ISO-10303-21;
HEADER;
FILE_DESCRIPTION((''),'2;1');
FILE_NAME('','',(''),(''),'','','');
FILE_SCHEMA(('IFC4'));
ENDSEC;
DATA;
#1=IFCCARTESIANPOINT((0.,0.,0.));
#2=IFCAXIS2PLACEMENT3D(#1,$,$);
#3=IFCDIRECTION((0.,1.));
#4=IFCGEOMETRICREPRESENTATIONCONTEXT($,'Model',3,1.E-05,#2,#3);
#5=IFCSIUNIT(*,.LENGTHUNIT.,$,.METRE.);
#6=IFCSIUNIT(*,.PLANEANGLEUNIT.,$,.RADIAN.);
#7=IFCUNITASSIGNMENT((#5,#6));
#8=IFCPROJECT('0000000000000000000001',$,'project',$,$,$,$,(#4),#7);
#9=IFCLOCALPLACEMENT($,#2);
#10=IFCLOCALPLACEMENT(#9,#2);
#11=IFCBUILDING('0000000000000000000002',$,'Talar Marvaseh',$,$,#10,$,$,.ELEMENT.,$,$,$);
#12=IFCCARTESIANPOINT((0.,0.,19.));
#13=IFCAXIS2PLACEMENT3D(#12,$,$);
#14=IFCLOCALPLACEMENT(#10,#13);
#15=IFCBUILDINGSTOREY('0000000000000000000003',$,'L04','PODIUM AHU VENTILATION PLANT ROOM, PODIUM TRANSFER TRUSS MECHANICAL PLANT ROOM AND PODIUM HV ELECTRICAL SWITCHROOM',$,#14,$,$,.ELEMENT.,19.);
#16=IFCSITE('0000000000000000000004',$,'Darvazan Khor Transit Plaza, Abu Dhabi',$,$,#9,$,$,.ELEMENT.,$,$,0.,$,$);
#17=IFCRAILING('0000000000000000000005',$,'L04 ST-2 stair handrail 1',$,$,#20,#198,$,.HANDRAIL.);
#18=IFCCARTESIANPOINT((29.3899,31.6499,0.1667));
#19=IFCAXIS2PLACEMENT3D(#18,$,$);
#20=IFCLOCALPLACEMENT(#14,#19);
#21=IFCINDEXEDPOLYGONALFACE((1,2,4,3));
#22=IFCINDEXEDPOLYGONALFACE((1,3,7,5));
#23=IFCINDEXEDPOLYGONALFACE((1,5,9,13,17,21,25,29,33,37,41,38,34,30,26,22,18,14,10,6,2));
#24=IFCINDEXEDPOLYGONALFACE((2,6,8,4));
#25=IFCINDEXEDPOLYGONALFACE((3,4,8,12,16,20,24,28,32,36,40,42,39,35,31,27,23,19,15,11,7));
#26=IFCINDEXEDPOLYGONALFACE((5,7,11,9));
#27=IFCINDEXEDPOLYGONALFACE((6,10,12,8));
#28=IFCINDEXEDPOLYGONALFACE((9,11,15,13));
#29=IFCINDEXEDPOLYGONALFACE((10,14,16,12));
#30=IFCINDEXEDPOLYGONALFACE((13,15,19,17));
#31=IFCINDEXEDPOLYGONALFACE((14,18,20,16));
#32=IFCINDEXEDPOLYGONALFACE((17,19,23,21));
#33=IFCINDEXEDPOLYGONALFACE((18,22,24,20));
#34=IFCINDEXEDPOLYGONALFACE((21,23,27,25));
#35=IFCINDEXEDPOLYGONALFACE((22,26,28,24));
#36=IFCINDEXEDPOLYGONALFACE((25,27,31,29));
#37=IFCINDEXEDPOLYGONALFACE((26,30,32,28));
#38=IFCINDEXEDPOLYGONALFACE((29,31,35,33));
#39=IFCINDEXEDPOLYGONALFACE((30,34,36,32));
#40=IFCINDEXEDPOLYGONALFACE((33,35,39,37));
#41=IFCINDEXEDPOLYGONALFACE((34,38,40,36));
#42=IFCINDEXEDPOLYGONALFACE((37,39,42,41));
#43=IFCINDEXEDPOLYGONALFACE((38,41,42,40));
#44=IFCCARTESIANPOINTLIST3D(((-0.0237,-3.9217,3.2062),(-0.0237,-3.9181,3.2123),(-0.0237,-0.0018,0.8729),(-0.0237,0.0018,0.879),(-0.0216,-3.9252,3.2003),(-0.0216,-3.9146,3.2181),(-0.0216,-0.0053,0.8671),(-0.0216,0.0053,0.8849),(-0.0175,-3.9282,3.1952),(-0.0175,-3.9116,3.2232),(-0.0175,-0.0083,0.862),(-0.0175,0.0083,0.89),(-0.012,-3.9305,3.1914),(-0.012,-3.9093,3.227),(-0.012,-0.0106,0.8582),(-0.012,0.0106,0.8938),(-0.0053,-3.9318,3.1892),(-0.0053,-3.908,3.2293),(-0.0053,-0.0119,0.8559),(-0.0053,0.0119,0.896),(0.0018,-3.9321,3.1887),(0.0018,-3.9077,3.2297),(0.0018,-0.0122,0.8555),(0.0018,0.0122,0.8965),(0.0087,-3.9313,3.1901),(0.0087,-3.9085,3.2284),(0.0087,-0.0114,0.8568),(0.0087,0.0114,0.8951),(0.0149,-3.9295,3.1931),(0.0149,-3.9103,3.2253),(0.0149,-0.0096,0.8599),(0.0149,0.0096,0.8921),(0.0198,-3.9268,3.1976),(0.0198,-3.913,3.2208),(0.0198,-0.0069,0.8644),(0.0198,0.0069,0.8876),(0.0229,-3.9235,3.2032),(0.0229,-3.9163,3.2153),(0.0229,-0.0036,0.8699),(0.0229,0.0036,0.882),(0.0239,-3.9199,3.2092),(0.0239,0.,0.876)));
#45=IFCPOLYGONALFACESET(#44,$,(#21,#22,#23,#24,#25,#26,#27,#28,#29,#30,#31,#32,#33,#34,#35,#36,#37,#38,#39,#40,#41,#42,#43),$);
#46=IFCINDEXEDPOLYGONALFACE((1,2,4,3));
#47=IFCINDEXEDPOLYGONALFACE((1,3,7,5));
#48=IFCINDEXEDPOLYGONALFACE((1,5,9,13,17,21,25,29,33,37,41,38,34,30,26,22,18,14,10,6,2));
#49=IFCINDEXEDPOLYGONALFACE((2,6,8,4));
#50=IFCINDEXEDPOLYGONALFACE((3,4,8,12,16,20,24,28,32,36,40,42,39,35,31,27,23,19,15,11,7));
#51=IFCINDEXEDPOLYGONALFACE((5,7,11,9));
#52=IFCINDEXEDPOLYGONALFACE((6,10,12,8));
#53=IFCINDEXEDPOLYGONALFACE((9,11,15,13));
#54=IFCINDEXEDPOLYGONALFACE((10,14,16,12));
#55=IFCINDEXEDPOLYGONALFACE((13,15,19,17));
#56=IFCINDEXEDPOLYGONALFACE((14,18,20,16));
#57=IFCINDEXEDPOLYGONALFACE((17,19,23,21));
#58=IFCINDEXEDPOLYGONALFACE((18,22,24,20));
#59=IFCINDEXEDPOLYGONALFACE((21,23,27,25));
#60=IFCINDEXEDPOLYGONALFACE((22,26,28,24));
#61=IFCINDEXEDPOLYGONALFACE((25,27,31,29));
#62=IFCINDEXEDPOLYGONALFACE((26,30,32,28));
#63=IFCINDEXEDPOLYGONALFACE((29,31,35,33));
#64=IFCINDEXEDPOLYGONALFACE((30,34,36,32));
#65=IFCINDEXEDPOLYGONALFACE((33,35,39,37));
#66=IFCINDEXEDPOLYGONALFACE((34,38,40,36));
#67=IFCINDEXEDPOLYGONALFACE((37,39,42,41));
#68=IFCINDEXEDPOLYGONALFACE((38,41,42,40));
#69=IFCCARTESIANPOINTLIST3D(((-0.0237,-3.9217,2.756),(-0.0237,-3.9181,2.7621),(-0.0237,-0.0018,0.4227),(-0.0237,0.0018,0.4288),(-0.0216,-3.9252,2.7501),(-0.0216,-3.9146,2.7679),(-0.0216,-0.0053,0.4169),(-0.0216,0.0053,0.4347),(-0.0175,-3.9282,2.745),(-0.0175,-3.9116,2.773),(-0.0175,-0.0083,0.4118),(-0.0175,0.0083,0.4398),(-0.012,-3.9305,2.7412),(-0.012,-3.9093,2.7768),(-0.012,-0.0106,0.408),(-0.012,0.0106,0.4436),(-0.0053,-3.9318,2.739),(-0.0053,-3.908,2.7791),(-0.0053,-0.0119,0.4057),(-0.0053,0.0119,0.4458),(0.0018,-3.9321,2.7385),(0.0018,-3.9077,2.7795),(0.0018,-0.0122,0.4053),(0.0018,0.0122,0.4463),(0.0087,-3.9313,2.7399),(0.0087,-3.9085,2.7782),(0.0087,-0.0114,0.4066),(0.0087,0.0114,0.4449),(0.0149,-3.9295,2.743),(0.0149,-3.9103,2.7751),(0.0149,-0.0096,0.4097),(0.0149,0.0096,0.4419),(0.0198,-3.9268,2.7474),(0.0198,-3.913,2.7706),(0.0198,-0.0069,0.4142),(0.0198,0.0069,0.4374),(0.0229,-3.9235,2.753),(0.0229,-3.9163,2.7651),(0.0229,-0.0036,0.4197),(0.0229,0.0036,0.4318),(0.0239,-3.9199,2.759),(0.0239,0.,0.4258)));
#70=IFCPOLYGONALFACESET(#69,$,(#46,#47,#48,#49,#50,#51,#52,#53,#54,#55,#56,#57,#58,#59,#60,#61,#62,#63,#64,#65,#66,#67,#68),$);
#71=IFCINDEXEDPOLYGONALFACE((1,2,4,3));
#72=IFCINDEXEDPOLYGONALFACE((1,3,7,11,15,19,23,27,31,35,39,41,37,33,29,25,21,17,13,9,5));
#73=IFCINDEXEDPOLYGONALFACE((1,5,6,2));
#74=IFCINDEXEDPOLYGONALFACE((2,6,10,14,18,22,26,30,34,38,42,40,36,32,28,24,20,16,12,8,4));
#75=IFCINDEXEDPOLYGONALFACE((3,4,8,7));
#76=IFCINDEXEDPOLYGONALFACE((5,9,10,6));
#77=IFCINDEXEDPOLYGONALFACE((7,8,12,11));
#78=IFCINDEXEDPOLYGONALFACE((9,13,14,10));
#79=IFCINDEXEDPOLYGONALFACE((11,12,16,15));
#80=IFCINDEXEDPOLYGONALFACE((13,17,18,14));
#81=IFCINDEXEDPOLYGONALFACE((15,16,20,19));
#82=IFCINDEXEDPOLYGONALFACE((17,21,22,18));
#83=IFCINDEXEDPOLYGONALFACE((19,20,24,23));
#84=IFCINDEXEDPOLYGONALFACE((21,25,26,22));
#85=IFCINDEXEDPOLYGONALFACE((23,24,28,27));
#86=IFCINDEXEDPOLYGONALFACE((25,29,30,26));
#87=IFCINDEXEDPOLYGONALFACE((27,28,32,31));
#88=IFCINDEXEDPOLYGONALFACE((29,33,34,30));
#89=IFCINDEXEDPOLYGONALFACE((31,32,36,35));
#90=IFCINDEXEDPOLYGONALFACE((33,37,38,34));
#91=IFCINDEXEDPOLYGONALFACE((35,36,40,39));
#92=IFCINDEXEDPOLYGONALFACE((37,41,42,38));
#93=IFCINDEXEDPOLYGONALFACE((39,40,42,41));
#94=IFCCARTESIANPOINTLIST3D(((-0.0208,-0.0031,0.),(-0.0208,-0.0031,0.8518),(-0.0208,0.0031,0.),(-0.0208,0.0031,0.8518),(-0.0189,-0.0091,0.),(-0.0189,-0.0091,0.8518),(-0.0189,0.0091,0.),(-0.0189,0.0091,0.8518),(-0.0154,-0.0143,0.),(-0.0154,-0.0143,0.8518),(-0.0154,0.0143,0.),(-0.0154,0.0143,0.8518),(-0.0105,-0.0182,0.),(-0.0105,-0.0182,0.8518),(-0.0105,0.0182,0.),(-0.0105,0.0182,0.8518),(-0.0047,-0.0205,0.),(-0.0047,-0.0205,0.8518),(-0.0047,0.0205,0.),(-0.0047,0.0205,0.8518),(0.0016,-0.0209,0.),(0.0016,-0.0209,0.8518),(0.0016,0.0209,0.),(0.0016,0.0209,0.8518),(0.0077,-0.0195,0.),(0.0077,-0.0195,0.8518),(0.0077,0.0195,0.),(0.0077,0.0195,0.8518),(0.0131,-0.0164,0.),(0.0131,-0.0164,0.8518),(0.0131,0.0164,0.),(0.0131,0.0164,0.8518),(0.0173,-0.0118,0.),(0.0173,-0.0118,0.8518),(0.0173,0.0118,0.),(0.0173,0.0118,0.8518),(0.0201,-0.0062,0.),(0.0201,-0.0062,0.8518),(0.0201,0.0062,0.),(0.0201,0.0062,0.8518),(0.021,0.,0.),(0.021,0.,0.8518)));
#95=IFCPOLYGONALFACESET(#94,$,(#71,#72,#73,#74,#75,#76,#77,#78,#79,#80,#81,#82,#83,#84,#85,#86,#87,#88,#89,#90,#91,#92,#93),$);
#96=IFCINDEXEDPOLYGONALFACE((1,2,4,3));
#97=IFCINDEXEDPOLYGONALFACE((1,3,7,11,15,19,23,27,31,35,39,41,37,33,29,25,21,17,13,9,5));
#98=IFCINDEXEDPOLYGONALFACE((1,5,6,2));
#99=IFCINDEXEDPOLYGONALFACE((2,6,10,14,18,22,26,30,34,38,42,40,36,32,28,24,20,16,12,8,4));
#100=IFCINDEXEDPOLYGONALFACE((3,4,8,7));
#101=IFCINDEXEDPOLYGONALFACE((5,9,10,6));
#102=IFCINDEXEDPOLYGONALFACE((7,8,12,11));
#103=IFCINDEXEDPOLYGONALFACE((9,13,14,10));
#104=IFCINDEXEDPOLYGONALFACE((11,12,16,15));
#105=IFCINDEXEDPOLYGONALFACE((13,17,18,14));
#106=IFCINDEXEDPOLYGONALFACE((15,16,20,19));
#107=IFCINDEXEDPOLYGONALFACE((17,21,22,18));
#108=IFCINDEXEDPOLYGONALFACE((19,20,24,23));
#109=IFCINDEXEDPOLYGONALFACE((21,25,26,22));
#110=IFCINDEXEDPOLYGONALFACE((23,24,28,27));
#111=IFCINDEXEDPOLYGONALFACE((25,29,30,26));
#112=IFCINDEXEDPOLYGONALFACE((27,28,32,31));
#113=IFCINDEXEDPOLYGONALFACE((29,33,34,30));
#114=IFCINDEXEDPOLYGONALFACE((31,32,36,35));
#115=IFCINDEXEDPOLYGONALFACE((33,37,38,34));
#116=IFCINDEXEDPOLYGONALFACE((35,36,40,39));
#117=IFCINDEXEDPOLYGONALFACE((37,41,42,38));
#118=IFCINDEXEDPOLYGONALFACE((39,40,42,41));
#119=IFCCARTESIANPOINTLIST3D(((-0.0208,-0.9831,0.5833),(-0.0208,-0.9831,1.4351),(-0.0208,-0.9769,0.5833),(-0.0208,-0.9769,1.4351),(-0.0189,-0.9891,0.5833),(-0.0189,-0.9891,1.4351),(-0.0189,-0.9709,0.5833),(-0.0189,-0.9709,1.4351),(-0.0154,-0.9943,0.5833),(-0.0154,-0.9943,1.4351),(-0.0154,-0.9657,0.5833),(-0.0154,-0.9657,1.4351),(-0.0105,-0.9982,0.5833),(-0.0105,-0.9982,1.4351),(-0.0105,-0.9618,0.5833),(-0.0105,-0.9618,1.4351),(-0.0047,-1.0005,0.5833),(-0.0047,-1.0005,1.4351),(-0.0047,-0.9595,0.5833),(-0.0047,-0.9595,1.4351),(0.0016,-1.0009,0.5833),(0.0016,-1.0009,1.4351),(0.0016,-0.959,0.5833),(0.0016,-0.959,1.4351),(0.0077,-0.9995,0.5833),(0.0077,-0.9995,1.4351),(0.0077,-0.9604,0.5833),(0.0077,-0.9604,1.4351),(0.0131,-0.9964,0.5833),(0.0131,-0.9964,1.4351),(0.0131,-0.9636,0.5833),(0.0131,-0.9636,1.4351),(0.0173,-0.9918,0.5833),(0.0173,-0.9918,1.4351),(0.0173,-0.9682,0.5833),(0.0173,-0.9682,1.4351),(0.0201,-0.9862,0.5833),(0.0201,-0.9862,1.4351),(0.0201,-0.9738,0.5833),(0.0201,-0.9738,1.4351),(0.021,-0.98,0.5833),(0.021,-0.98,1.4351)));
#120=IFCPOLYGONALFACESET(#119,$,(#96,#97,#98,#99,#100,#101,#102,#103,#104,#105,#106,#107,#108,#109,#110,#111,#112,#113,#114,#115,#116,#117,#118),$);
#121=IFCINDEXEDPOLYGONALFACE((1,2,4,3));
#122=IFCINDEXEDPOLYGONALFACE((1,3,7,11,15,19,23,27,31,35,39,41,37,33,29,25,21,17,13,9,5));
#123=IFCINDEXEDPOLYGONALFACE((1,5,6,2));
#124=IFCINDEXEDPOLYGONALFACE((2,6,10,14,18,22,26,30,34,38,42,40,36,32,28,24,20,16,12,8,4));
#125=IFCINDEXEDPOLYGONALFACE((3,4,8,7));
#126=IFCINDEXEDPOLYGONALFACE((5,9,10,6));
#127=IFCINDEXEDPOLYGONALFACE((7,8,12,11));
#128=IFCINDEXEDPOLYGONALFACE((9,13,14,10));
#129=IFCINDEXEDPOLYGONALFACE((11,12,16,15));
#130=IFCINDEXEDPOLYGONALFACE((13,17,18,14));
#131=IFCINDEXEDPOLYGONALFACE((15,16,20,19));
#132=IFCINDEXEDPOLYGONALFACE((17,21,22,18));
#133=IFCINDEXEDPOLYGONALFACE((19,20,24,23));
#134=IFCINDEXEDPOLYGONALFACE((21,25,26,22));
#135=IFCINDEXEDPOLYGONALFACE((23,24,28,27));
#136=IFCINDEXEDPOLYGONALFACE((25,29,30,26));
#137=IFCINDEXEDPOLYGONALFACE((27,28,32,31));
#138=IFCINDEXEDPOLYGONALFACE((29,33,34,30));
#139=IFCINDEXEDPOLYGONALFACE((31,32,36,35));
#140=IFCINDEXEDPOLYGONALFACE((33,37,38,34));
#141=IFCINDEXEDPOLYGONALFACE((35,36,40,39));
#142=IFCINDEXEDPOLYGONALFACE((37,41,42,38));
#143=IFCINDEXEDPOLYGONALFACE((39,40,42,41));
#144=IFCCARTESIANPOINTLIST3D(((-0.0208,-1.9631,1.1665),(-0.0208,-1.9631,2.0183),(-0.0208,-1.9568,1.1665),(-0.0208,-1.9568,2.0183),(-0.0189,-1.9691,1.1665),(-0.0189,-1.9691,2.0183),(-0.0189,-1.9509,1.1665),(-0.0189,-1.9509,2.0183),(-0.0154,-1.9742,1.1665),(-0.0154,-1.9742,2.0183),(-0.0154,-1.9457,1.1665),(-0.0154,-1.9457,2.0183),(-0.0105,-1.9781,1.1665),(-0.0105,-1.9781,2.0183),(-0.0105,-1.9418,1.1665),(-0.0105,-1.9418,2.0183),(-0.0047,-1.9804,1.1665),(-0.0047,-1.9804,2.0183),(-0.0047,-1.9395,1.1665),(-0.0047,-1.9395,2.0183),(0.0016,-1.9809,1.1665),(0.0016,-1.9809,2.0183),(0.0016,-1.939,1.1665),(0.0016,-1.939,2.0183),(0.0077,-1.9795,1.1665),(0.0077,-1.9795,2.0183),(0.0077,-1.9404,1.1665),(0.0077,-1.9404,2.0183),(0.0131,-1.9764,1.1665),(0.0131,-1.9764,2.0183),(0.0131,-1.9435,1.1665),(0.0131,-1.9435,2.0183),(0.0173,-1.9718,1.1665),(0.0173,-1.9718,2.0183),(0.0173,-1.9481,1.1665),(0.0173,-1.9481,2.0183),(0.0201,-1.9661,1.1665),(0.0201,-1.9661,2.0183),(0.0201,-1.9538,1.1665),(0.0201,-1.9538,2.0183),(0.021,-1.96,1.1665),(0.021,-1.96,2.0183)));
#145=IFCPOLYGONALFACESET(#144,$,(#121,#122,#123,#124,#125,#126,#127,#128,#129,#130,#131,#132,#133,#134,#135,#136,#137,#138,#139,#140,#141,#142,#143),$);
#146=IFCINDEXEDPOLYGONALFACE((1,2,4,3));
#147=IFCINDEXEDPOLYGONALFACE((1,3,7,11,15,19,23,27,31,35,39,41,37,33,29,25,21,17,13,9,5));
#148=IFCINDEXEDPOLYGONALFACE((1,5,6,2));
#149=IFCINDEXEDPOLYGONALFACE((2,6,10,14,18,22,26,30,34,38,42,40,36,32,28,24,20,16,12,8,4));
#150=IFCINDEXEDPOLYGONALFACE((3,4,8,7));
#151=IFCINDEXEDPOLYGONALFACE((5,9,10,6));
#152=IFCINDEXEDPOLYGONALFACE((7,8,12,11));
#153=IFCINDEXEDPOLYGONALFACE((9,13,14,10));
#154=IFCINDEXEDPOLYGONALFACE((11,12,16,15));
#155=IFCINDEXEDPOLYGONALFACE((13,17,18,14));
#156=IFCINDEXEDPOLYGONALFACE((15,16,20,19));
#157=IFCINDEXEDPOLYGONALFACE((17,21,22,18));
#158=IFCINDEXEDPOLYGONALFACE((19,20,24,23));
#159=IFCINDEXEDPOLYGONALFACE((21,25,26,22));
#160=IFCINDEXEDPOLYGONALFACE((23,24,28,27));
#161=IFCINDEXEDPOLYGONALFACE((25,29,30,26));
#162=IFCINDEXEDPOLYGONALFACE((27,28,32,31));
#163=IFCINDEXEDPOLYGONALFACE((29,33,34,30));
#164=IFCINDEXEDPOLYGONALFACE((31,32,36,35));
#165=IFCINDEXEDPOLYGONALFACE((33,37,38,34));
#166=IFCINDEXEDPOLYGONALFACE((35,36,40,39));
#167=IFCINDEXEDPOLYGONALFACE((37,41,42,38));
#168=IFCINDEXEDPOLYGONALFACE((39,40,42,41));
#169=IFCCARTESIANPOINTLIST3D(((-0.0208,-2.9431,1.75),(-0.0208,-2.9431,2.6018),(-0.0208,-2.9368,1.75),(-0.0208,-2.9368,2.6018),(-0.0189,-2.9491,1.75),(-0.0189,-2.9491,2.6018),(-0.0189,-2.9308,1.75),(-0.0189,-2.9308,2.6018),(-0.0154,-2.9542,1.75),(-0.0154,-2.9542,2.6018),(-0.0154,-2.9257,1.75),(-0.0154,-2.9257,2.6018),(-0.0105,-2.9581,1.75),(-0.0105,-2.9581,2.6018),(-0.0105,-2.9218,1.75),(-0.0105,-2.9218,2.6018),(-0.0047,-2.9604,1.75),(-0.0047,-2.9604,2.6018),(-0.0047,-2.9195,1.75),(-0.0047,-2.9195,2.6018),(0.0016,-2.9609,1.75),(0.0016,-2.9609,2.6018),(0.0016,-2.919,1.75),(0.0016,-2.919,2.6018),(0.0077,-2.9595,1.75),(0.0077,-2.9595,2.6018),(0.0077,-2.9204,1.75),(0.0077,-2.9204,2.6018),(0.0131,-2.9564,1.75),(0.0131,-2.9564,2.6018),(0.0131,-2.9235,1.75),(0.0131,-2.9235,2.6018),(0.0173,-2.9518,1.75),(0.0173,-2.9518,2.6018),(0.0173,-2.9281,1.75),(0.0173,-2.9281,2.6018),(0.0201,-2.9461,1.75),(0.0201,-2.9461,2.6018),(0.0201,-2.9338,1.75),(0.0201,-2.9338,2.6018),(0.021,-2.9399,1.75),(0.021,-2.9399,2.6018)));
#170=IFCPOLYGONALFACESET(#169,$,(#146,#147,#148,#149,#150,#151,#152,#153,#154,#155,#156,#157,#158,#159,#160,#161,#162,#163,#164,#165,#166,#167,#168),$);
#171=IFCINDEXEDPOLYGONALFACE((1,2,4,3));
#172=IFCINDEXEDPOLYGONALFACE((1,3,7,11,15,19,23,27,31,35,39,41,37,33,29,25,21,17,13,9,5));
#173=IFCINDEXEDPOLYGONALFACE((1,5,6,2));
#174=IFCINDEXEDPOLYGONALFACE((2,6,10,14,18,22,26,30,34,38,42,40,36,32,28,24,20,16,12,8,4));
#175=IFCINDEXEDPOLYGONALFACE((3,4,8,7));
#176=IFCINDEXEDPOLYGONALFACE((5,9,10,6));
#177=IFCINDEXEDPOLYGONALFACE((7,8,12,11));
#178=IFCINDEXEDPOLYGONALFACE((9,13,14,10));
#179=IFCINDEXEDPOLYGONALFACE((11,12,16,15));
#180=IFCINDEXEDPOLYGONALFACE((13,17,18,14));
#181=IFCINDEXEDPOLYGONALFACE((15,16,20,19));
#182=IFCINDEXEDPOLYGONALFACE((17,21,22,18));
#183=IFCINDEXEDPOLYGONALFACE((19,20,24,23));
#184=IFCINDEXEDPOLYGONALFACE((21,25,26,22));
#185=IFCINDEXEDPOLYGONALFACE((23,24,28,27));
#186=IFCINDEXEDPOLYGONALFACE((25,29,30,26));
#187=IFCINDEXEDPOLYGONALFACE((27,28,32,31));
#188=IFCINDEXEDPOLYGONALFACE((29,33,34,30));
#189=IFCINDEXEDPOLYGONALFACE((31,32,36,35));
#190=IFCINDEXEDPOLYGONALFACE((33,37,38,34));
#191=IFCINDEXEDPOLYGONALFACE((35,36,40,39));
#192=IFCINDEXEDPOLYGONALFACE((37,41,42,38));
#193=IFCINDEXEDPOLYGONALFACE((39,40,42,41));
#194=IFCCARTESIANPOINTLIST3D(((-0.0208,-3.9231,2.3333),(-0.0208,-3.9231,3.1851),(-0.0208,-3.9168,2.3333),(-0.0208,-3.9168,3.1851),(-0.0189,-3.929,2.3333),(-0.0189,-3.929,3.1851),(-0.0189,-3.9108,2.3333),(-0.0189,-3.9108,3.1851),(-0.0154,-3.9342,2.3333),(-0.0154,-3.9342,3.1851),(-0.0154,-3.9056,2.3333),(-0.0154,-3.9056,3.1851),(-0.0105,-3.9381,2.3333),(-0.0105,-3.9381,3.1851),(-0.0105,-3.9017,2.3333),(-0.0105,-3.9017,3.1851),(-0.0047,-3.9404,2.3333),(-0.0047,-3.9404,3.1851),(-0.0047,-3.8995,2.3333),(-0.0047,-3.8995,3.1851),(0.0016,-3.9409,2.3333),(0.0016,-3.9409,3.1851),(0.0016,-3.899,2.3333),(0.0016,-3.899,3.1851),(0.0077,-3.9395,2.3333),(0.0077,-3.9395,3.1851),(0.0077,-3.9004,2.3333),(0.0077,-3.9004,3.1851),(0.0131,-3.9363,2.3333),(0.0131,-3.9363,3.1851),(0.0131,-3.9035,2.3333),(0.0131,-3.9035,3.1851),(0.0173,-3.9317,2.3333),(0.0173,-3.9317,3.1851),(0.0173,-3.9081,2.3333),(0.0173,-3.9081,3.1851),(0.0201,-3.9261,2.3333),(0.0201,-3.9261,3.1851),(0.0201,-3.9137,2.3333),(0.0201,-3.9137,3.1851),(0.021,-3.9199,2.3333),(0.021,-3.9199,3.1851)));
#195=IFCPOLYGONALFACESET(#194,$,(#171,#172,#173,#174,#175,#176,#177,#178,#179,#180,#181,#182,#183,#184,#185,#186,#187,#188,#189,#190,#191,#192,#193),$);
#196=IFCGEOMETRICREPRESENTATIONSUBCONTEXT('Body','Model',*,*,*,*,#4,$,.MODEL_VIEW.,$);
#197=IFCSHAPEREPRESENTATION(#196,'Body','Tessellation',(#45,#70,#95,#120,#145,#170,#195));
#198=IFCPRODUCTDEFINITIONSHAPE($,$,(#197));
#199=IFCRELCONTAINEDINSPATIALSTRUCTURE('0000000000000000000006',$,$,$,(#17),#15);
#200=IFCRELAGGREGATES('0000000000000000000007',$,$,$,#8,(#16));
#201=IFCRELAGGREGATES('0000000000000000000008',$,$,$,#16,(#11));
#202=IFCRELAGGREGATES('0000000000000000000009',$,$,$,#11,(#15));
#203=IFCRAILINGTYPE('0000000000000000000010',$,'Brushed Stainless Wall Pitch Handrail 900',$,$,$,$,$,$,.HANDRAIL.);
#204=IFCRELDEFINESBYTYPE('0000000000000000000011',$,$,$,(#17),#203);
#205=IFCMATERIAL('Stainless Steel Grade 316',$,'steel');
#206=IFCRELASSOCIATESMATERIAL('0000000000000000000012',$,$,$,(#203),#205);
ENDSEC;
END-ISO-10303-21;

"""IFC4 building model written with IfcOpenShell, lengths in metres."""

from ifc_helpers import new_model, si_unit, direction, frame, origin, origin_2d, place, context, subcontext, project, spatial, circle, extrude, material, type_object, element, save


model = new_model("IFC4")

# Units and contexts
model_context = context("Model", 3, precision=1e-05, world=origin(), true_north=direction((0.0, 1.0)))
body_context = subcontext(model_context, "Body", "Model", "MODEL_VIEW")
ifc_project = project(units=[si_unit("LENGTHUNIT", "METRE"), si_unit("PLANEANGLEUNIT", "RADIAN")], contexts=[model_context])

# Site, building, storey
site_placement = place(None, origin())
site = spatial("IfcSite", under=ifc_project, at=site_placement, Name="Darvazan Khor Transit Plaza, Abu Dhabi", CompositionType="ELEMENT", RefElevation=0.0)
building_placement = place(site_placement, origin())
building = spatial("IfcBuilding", under=site, at=building_placement, Name="Talar Marvaseh", CompositionType="ELEMENT")
storey_placement = place(building_placement, frame((0.0, 0.0, 19.0)))
storey = spatial("IfcBuildingStorey", under=building, at=storey_placement, Name="L04", Description="PODIUM AHU VENTILATION PLANT ROOM, PODIUM TRANSFER TRUSS MECHANICAL PLANT ROOM AND PODIUM HV ELECTRICAL SWITCHROOM", CompositionType="ELEMENT", Elevation=19.0)

# Shared definitions
ifc_material_1 = material(Name="Stainless Steel Grade 316", Category="steel")

# Railing
railing_type_1 = type_object("IfcRailingType", Name="Brushed Stainless Wall Pitch Handrail 900", PredefinedType="HANDRAIL", material=ifc_material_1)
railing_1_placement = place(storey_placement, frame((29.3899, 31.6499, 0.1667)))
element("IfcRailing", 1, at=railing_1_placement, inside=storey, type_object=railing_type_1, Name="L04 ST-2 stair handrail 1", PredefinedType="HANDRAIL", context=body_context, shape_type="SweptSolid", body=[
    extrude(circle(Radius=0.0239, at=origin_2d()), frame((0.0, 0.0, 0.876), z_axis=(0.0, -0.859296, 0.511478), x_axis=(1.0, 0.0, 0.0)), (0.0, 0.0, 1.0), 4.5618),
    extrude(circle(Radius=0.0239, at=origin_2d()), frame((0.0, 0.0, 0.4258), z_axis=(0.0, -0.859296, 0.511478), x_axis=(1.0, 0.0, 0.0)), (0.0, 0.0, 1.0), 4.5618),
    extrude(circle(Radius=0.021, at=origin_2d()), origin(), (0.0, 0.0, 1.0), 0.8518),
    extrude(circle(Radius=0.021, at=origin_2d()), frame((0.0, -0.98, 0.5833)), (0.0, 0.0, 1.0), 0.8518),
    extrude(circle(Radius=0.021, at=origin_2d()), frame((0.0, -1.96, 1.1665)), (0.0, 0.0, 1.0), 0.8518),
    extrude(circle(Radius=0.021, at=origin_2d()), frame((0.0, -2.9399, 1.75)), (0.0, 0.0, 1.0), 0.8518),
    extrude(circle(Radius=0.021, at=origin_2d()), frame((0.0, -3.9199, 2.3333)), (0.0, 0.0, 1.0), 0.8518),
])

save(model, "model.ifc")
